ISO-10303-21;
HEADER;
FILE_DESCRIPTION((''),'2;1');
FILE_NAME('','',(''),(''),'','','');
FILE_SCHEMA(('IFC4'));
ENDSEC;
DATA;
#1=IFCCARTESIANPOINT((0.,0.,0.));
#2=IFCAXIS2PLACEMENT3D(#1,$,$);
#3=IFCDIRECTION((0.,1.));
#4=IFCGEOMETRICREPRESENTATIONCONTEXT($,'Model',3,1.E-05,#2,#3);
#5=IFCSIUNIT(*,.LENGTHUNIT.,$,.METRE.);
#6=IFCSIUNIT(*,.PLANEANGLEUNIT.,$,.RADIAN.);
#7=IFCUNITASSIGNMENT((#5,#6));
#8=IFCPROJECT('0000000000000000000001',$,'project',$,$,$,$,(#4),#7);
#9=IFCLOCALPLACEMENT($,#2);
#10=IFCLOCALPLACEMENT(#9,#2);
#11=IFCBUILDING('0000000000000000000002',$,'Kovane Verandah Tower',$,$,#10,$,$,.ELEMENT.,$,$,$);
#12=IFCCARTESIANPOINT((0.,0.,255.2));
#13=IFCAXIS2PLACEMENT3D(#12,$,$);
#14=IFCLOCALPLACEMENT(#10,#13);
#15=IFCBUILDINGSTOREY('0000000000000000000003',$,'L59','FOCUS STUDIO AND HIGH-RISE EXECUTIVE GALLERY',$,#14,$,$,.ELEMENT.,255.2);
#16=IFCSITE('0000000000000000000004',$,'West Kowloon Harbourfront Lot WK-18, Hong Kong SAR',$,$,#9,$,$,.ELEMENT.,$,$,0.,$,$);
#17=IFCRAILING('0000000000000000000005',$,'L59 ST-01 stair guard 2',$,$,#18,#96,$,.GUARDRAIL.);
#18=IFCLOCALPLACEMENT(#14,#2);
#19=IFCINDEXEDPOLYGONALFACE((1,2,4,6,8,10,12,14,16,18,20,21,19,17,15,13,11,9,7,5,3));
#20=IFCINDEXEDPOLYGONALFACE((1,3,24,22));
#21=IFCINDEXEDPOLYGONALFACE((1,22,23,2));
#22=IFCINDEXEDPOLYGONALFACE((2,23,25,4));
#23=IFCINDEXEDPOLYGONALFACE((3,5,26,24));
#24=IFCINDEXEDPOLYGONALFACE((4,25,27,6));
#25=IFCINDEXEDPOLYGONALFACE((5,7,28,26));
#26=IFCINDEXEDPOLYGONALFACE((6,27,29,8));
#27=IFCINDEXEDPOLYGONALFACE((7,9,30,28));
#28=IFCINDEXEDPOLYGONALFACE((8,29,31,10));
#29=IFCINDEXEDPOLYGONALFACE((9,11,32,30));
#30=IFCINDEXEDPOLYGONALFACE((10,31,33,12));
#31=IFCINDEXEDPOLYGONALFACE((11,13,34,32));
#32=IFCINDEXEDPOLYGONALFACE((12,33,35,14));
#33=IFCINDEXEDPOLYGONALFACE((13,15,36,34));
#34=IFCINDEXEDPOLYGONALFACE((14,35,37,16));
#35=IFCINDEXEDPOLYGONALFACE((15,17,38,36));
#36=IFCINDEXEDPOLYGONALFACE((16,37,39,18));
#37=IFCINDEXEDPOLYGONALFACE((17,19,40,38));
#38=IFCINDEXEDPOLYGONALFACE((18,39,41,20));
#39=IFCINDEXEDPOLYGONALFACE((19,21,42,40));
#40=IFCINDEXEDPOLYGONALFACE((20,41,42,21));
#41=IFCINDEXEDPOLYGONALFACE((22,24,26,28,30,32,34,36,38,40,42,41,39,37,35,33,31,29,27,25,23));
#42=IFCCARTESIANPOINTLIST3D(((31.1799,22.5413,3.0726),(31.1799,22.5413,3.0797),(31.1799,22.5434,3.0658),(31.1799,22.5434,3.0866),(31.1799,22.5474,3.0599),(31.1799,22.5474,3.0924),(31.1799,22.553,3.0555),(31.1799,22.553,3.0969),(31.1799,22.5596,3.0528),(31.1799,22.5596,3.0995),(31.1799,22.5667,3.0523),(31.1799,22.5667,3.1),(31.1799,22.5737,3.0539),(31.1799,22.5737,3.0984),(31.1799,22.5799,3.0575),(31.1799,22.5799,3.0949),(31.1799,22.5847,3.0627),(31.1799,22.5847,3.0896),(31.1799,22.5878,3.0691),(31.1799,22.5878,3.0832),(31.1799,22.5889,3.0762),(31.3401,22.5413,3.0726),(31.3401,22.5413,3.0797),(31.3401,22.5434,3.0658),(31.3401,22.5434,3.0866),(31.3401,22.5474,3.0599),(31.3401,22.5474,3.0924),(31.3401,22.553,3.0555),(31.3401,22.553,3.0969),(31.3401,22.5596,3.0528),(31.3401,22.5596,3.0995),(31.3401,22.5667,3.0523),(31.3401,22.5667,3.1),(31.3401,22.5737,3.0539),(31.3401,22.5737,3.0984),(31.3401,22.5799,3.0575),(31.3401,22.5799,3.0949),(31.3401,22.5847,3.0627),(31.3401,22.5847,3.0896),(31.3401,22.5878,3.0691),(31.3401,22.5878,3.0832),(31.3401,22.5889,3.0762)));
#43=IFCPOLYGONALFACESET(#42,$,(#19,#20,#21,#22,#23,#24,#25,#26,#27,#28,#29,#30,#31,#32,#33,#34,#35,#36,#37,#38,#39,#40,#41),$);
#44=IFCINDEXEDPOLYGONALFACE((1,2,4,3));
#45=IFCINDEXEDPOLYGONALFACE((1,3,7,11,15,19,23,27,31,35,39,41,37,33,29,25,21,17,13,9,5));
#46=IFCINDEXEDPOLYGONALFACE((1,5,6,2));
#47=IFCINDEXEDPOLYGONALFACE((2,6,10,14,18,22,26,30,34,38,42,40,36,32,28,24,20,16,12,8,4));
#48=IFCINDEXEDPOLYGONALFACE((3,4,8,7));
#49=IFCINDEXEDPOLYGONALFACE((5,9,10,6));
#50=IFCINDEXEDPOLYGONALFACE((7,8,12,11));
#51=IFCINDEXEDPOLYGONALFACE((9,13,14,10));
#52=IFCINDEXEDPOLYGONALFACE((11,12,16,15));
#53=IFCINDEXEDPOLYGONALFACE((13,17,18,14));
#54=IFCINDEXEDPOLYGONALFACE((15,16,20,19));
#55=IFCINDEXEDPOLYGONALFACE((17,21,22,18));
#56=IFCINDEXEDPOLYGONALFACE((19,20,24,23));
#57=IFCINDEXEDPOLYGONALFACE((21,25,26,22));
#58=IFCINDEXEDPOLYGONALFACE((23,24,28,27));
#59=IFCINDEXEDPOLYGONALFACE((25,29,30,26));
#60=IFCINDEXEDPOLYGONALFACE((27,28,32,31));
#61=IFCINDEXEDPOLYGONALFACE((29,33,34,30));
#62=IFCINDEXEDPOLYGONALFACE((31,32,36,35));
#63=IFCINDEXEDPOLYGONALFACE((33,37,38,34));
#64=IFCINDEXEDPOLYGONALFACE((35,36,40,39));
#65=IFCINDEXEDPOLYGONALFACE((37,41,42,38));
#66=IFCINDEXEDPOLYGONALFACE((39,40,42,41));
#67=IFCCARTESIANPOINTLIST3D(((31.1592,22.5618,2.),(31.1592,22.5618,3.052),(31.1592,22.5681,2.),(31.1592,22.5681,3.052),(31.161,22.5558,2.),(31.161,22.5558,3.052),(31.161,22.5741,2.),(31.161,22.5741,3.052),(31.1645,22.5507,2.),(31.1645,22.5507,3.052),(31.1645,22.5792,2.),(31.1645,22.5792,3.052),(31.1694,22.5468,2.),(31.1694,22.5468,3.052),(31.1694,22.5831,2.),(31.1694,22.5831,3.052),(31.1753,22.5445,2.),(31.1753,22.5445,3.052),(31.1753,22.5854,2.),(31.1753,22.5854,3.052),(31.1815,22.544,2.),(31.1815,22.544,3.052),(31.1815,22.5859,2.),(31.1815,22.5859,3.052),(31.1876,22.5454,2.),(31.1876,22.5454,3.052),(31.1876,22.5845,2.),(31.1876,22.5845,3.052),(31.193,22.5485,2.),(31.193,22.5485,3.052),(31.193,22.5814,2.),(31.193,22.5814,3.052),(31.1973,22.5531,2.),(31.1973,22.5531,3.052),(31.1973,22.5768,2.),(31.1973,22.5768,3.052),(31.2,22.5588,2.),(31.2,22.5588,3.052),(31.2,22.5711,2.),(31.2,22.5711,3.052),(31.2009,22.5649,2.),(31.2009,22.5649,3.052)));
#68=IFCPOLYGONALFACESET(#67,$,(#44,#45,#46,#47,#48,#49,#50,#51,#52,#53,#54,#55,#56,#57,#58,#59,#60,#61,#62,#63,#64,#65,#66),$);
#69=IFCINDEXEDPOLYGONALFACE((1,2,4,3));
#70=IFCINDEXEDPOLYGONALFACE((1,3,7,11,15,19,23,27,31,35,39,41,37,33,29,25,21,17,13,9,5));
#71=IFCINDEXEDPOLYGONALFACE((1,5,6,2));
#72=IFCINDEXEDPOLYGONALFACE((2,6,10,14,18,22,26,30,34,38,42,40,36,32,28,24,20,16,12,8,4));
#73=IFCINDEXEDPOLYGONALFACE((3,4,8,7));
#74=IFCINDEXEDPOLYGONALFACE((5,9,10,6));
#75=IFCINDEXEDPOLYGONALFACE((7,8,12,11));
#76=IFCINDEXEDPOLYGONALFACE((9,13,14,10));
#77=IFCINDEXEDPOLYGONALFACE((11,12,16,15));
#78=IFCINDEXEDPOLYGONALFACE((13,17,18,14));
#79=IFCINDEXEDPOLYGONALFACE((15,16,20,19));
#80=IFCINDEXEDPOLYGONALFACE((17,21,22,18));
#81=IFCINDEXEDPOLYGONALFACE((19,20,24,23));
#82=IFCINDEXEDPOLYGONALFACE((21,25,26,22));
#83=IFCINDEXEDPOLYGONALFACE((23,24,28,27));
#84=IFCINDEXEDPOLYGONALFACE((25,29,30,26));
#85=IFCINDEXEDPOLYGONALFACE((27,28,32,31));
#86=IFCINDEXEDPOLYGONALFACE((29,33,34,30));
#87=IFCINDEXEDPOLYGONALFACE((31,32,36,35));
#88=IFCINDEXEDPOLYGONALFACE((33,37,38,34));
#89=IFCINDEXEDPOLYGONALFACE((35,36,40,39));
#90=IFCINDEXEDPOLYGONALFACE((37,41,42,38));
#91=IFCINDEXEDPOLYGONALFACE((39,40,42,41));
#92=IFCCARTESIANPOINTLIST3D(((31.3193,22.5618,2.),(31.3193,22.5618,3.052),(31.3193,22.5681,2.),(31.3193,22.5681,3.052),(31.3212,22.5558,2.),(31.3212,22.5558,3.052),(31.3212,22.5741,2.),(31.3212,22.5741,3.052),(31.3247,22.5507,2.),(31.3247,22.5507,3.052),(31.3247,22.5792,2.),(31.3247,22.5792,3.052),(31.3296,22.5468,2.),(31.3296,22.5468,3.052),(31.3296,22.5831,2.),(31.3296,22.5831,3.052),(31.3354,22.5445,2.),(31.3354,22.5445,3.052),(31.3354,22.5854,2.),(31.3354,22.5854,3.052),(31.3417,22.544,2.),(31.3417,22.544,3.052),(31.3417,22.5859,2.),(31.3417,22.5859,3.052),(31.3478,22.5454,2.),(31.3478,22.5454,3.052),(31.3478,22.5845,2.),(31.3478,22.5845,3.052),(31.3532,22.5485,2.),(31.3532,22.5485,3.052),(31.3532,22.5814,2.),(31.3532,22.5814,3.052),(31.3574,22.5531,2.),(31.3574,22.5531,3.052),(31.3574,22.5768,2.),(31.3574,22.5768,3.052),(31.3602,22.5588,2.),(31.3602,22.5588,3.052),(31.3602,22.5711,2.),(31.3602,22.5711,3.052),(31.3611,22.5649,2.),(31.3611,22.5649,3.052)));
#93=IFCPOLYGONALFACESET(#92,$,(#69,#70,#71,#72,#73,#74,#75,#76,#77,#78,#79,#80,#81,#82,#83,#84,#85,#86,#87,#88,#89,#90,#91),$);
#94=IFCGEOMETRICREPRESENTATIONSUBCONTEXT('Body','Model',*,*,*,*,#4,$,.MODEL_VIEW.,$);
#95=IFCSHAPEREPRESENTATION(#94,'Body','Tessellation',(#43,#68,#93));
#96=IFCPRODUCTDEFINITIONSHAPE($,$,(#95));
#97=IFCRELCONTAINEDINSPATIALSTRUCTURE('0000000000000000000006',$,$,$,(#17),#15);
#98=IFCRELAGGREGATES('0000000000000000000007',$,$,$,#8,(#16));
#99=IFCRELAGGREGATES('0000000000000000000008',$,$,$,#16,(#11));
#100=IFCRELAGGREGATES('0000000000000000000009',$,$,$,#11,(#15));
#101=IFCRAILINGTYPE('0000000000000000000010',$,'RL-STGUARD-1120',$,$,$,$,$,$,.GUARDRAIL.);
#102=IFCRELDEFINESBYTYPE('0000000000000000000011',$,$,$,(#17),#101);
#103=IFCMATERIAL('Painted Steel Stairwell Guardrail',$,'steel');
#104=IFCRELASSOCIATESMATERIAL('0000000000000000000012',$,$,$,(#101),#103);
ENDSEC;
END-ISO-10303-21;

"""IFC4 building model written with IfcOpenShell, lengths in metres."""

from ifc_helpers import new_model, si_unit, direction, frame, origin, origin_2d, place, context, subcontext, project, spatial, circle, extrude, material, type_object, element, save


model = new_model("IFC4")

# Units and contexts
model_context = context("Model", 3, precision=1e-05, world=origin(), true_north=direction((0.0, 1.0)))
body_context = subcontext(model_context, "Body", "Model", "MODEL_VIEW")
ifc_project = project(units=[si_unit("LENGTHUNIT", "METRE"), si_unit("PLANEANGLEUNIT", "RADIAN")], contexts=[model_context])

# Site, building, storey
site_placement = place(None, origin())
site = spatial("IfcSite", under=ifc_project, at=site_placement, Name="West Kowloon Harbourfront Lot WK-18, Hong Kong SAR", CompositionType="ELEMENT", RefElevation=0.0)
building_placement = place(site_placement, origin())
building = spatial("IfcBuilding", under=site, at=building_placement, Name="Kovane Verandah Tower", CompositionType="ELEMENT")
storey_placement = place(building_placement, frame((0.0, 0.0, 255.2)))
storey = spatial("IfcBuildingStorey", under=building, at=storey_placement, Name="L59", Description="FOCUS STUDIO AND HIGH-RISE EXECUTIVE GALLERY", CompositionType="ELEMENT", Elevation=255.2)

# Railing
ifc_material_1 = material(Name="Painted Steel Stairwell Guardrail", Category="steel")
railing_type_1 = type_object("IfcRailingType", Name="RL-STGUARD-1120", PredefinedType="GUARDRAIL", material=ifc_material_1)
railing_1_placement = place(storey_placement, frame((31.1799, 22.5649, 2.0)))
element("IfcRailing", 1, at=railing_1_placement, inside=storey, type_object=railing_type_1, Name="L59 ST-01 stair guard 2", PredefinedType="GUARDRAIL", context=body_context, shape_type="SweptSolid", body=[
    extrude(circle(Radius=0.0239, at=origin_2d()), frame((0.0, 0.0, 1.0762), z_axis=(1.0, 0.0, 0.0), x_axis=(0.0, 1.0, 0.0)), (0.0, 0.0, 1.0), 0.1602),
    extrude(circle(Radius=0.021, at=origin_2d()), origin(), (0.0, 0.0, 1.0), 1.052),
    extrude(circle(Radius=0.021, at=origin_2d()), frame((0.1602, 0.0, 0.0)), (0.0, 0.0, 1.0), 1.052),
])

save(model, "model.ifc")
